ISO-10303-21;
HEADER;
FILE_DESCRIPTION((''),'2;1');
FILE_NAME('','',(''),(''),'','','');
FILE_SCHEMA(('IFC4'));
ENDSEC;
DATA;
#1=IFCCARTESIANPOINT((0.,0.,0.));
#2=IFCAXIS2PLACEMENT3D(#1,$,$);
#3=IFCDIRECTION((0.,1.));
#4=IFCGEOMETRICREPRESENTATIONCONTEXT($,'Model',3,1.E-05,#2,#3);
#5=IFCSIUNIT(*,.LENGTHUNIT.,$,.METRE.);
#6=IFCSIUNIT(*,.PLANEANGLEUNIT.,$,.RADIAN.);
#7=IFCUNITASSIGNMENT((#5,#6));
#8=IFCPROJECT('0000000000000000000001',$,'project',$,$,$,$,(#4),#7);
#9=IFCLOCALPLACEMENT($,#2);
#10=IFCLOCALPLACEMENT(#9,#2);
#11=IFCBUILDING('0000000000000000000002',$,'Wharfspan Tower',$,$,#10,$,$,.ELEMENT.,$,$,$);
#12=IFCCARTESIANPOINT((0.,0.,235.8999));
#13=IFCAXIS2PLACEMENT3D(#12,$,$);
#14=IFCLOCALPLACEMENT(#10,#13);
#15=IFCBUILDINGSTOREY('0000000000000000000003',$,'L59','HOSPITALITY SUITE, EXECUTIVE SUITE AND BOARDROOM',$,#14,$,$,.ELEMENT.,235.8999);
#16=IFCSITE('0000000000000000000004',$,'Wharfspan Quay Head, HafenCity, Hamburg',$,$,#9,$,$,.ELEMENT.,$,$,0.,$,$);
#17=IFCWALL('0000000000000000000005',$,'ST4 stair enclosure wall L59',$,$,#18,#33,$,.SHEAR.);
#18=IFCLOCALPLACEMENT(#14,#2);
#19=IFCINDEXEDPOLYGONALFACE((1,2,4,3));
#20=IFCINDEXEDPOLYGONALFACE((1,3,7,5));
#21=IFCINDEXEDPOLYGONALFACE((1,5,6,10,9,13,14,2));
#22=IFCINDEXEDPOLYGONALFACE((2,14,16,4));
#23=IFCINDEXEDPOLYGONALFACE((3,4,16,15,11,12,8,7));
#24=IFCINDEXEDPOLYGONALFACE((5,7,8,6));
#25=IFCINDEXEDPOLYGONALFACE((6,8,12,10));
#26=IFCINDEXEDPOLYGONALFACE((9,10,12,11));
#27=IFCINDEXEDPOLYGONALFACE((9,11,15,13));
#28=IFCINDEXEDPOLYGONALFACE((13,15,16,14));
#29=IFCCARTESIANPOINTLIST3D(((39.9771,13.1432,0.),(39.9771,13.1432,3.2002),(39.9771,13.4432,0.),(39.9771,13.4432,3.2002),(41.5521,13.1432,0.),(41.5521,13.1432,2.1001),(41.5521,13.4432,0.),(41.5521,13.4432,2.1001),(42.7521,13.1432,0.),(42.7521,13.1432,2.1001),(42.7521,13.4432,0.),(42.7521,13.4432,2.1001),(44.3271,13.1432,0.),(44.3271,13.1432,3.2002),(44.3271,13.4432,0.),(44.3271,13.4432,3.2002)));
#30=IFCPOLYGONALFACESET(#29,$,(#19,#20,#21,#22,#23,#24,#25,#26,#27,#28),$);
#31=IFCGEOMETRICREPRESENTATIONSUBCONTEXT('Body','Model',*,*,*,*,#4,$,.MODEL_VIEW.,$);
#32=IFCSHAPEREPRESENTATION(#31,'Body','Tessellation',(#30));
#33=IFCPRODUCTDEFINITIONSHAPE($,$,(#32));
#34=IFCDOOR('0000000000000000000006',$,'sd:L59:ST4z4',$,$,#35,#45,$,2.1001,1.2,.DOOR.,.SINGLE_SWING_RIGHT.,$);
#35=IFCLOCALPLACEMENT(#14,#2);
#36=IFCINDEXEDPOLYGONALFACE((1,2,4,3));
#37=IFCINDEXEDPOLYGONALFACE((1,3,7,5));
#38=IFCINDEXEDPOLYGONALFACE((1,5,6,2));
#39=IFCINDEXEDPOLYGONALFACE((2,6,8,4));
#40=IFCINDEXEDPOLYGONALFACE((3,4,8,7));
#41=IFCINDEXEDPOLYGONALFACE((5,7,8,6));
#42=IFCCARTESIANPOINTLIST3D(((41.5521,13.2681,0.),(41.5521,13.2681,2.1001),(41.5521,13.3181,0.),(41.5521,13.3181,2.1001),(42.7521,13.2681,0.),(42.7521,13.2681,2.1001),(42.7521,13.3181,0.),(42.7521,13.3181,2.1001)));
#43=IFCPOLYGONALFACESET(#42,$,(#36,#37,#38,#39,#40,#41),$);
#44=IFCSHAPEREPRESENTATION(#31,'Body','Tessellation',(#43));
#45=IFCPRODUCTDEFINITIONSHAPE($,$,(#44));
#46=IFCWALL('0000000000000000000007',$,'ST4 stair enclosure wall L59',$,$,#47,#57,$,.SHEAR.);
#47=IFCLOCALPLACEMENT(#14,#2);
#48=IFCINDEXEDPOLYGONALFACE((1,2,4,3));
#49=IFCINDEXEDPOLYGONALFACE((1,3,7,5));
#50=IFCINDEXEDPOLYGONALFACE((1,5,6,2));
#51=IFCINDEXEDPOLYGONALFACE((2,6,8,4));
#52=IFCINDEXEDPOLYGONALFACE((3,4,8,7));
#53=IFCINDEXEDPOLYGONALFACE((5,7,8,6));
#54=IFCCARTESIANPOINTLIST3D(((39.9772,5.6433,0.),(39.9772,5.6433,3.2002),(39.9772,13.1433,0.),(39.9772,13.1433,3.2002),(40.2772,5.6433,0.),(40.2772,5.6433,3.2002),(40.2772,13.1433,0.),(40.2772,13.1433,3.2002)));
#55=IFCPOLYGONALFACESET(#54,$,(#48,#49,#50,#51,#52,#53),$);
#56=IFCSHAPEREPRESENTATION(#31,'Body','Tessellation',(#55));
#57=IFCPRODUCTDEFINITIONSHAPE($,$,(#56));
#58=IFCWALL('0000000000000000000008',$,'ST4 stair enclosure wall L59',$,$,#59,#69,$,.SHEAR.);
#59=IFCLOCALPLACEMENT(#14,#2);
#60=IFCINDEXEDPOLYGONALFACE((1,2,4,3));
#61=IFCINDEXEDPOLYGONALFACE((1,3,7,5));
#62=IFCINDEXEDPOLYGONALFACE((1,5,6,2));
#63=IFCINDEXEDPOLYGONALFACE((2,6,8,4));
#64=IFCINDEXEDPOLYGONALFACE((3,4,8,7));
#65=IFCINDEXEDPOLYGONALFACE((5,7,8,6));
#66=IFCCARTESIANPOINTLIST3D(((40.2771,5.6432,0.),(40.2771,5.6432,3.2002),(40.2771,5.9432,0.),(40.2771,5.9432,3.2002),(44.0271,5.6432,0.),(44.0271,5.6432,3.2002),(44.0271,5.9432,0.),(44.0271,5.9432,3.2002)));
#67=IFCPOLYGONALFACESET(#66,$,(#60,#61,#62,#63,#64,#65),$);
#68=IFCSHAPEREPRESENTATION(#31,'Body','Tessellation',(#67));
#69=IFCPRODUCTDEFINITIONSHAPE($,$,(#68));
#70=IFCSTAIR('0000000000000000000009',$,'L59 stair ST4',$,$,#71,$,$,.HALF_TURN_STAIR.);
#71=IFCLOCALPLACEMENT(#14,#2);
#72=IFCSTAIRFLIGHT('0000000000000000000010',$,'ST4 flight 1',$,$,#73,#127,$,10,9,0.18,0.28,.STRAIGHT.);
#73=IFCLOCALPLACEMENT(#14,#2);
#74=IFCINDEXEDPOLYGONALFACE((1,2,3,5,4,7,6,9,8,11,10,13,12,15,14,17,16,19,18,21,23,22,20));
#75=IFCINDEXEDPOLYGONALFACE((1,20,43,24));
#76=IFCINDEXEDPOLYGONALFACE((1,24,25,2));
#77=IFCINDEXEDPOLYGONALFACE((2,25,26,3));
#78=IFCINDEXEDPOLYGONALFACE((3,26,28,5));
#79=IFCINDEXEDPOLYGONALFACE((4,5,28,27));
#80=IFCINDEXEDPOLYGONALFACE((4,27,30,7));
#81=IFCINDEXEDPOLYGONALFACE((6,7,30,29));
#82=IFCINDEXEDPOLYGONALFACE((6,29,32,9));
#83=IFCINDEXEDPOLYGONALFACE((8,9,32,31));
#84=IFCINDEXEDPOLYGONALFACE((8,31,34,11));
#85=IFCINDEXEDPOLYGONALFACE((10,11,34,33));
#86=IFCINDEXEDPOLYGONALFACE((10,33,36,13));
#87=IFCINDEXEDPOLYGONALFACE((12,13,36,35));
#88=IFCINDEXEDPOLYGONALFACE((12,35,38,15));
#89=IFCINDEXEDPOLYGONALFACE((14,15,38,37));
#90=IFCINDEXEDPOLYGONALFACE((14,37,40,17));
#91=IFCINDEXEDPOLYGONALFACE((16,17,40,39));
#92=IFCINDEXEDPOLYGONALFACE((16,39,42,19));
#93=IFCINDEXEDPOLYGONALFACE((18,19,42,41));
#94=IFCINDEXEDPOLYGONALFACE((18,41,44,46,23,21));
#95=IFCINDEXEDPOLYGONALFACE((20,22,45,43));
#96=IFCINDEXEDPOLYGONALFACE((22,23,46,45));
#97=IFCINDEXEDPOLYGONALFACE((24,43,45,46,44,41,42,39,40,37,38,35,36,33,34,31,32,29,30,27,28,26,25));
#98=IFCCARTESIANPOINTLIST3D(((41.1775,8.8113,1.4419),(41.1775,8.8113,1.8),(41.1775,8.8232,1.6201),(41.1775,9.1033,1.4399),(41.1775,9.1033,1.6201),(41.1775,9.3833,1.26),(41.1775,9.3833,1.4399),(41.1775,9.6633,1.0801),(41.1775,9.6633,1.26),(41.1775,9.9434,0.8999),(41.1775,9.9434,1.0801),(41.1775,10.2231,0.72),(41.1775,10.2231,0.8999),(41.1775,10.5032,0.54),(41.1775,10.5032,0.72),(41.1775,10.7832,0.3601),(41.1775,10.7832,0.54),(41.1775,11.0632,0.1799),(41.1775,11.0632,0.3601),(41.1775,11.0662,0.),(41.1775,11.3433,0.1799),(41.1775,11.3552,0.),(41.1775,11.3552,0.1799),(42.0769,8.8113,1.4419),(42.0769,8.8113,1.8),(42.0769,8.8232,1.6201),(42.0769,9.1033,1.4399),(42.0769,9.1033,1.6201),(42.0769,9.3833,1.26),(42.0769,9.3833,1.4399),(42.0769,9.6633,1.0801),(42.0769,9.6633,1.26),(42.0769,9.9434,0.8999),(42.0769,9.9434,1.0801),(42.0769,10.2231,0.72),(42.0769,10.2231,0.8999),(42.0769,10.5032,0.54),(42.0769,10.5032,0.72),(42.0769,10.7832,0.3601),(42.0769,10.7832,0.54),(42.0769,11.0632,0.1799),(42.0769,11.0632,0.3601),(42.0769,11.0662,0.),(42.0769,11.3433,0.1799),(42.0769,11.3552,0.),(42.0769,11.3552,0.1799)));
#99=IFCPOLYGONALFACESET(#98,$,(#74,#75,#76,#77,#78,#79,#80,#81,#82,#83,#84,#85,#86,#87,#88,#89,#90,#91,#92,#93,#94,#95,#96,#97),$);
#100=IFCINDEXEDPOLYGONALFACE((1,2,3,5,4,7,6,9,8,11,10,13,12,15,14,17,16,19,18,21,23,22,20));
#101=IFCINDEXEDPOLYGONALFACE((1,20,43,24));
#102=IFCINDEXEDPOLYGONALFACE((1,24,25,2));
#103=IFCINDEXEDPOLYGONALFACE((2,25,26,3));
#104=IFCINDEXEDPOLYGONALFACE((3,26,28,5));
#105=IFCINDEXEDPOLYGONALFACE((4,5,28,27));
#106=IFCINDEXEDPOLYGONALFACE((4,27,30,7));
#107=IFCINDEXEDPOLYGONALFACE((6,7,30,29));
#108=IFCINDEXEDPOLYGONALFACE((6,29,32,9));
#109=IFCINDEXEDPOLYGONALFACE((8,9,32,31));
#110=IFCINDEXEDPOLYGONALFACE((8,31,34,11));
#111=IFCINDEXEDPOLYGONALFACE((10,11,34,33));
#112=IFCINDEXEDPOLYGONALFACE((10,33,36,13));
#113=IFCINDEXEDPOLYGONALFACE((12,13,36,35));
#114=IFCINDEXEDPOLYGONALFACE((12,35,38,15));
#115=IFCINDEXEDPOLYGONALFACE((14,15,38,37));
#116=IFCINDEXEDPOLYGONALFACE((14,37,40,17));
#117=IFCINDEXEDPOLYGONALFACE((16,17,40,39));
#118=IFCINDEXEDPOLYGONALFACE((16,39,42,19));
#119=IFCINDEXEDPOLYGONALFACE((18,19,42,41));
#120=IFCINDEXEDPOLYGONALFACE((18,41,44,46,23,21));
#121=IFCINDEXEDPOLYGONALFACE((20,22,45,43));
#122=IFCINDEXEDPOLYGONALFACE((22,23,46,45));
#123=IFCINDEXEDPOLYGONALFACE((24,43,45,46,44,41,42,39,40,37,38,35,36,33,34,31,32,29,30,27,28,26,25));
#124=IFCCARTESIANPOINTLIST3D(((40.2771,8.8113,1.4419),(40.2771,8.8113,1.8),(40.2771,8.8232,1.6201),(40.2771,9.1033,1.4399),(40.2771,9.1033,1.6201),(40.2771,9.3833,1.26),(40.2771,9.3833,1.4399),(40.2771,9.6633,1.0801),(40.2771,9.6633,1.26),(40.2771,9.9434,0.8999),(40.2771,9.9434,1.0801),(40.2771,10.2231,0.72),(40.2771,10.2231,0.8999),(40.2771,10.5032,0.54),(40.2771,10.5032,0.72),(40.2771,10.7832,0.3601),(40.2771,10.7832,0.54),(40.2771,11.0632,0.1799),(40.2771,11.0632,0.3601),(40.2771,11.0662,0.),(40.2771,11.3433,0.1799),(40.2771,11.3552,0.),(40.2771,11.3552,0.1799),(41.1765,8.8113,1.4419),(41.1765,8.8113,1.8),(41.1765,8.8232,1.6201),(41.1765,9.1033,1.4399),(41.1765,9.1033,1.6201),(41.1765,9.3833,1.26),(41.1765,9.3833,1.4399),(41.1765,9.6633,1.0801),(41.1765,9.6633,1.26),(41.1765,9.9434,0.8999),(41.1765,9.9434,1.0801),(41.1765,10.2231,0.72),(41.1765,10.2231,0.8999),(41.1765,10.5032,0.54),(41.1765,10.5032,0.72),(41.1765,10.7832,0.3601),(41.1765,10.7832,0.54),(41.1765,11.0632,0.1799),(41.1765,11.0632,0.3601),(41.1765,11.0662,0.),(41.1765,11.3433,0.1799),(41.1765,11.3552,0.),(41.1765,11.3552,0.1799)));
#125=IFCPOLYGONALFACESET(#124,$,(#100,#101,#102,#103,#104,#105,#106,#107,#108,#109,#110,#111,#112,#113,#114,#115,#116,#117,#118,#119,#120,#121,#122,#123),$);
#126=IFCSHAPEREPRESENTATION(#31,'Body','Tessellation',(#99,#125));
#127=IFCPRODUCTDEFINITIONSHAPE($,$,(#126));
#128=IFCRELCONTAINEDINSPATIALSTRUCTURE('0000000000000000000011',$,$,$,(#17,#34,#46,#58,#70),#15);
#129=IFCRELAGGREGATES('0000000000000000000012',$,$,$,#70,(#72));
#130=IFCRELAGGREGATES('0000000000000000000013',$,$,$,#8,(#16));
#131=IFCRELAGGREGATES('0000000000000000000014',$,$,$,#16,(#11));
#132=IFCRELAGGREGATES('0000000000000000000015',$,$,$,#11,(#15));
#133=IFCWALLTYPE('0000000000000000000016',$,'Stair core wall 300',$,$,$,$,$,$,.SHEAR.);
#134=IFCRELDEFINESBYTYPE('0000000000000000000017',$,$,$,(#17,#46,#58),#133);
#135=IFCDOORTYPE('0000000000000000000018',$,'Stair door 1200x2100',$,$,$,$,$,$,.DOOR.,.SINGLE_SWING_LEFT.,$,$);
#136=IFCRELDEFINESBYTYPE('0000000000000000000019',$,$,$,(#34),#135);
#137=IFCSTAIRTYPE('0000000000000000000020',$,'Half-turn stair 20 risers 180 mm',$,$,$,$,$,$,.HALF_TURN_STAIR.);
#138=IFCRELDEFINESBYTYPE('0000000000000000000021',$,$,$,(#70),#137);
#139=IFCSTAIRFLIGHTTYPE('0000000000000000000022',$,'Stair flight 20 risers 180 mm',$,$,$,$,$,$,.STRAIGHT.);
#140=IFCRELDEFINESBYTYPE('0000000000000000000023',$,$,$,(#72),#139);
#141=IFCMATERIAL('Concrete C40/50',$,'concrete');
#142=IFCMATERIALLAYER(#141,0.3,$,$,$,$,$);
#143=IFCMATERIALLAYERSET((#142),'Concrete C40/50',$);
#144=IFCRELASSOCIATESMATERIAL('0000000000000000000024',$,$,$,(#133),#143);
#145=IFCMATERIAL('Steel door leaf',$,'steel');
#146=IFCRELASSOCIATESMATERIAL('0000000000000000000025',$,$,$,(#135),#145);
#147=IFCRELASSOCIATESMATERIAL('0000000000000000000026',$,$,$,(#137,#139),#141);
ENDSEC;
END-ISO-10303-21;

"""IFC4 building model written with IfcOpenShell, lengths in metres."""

from ifc_helpers import new_model, si_unit, direction, frame, frame_2d, origin, place, context, subcontext, project, spatial, polyline, rectangle, outline, extrude, material, layer, layer_set, type_object, element, fill, aggregate, save


model = new_model("IFC4")

# Units and contexts
model_context = context("Model", 3, precision=1e-05, world=origin(), true_north=direction((0.0, 1.0)))
body_context = subcontext(model_context, "Body", "Model", "MODEL_VIEW")
ifc_project = project(units=[si_unit("LENGTHUNIT", "METRE"), si_unit("PLANEANGLEUNIT", "RADIAN")], contexts=[model_context])

# Site, building, storey
site_placement = place(None, origin())
site = spatial("IfcSite", under=ifc_project, at=site_placement, Name="Wharfspan Quay Head, HafenCity, Hamburg", CompositionType="ELEMENT", RefElevation=0.0)
building_placement = place(site_placement, origin())
building = spatial("IfcBuilding", under=site, at=building_placement, Name="Wharfspan Tower", CompositionType="ELEMENT")
storey_placement = place(building_placement, frame((0.0, 0.0, 235.8999)))
storey = spatial("IfcBuildingStorey", under=building, at=storey_placement, Name="L59", Description="HOSPITALITY SUITE, EXECUTIVE SUITE AND BOARDROOM", CompositionType="ELEMENT", Elevation=235.8999)

# Shared definitions
ifc_material_1 = material(Name="Concrete C40/50", Category="concrete")

# Wall, opening, door
ifc_layer_1 = layer(ifc_material_1, 0.3)
ifc_layer_set_1 = layer_set([ifc_layer_1], Name="Concrete C40/50")
wall_type_1 = type_object("IfcWallType", Name="Stair core wall 300", PredefinedType="SHEAR", material=ifc_layer_set_1)
wall_1_placement = place(storey_placement, frame((39.9771, 13.2932, 0.0), z_axis=(0.0, 0.0, 1.0), x_axis=(1.0, 0.0, 0.0)))
wall_1 = element("IfcWall", 1, at=wall_1_placement, inside=storey, type_object=wall_type_1, Name="ST4 stair enclosure wall L59", PredefinedType="SHEAR", context=body_context, shape_type="SweptSolid", body=[
    extrude(rectangle(XDim=4.3501, YDim=0.3, at=frame_2d((2.175, 0.0))), origin(), (0.0, 0.0, 1.0), 3.2002),
])
opening_placement = place(wall_1_placement, frame((1.575, 0.0, 0.0)))
opening = element("IfcOpeningElement", 2, at=opening_placement, cuts=wall_1, PredefinedType="OPENING", context=body_context, shape_type="SweptSolid", body=[
    extrude(rectangle(XDim=1.2, YDim=2.1001, at=frame_2d((0.6001, 1.05))), frame((0.0, 0.1599, 0.0), z_axis=(0.0, -1.0, 0.0), x_axis=(1.0, 0.0, 0.0)), (0.0, 0.0, 1.0), 0.3201),
])
ifc_material_2 = material(Name="Steel door leaf", Category="steel")
door_type = type_object("IfcDoorType", Name="Stair door 1200x2100", OperationType="SINGLE_SWING_LEFT", PredefinedType="DOOR", material=ifc_material_2)
door_placement = place(opening_placement, origin())
door = element("IfcDoor", 3, at=door_placement, inside=storey, type_object=door_type, Name="sd:L59:ST4z4", OperationType="SINGLE_SWING_RIGHT", OverallHeight=2.1001, OverallWidth=1.2, PredefinedType="DOOR", context=body_context, shape_type="SweptSolid", body=[
    extrude(rectangle(XDim=1.2, YDim=2.1001, at=frame_2d((0.6001, 1.05))), frame((0.0, 0.0249, 0.0), z_axis=(0.0, -1.0, 0.0), x_axis=(1.0, 0.0, 0.0)), (0.0, 0.0, 1.0), 0.05),
])
fill(opening, door)

# Walls
wall_2_placement = place(storey_placement, frame((40.1272, 5.6433, 0.0), z_axis=(0.0, 0.0, 1.0), x_axis=(0.0, 1.0, 0.0)))
element("IfcWall", 4, at=wall_2_placement, inside=storey, type_object=wall_type_1, Name="ST4 stair enclosure wall L59", PredefinedType="SHEAR", context=body_context, shape_type="SweptSolid", body=[
    extrude(rectangle(XDim=7.5, YDim=0.3, at=frame_2d((3.75, 0.0))), origin(), (0.0, 0.0, 1.0), 3.2002),
])
wall_3_placement = place(storey_placement, frame((40.2771, 5.7932, 0.0), z_axis=(0.0, 0.0, 1.0), x_axis=(1.0, 0.0, 0.0)))
element("IfcWall", 5, at=wall_3_placement, inside=storey, type_object=wall_type_1, Name="ST4 stair enclosure wall L59", PredefinedType="SHEAR", context=body_context, shape_type="SweptSolid", body=[
    extrude(rectangle(XDim=3.75, YDim=0.3, at=frame_2d((1.875, 0.0))), origin(), (0.0, 0.0, 1.0), 3.2002),
])

# Stair, stair flight
stair_type = type_object("IfcStairType", Name="Half-turn stair 20 risers 180 mm", PredefinedType="HALF_TURN_STAIR", material=ifc_material_1)
stair_placement = place(storey_placement, origin())
stair = element("IfcStair", 6, at=stair_placement, inside=storey, type_object=stair_type, Name="L59 stair ST4", PredefinedType="HALF_TURN_STAIR")
stair_flight_type = type_object("IfcStairFlightType", Name="Stair flight 20 risers 180 mm", PredefinedType="STRAIGHT", material=ifc_material_1)
stair_flight_placement = place(storey_placement, frame((41.177, 11.3433, 0.0), z_axis=(0.0, 0.0, 1.0), x_axis=(0.0, -1.0, 0.0)))
stair_flight = element("IfcStairFlight", 7, at=stair_flight_placement, type_object=stair_flight_type, Name="ST4 flight 1", NumberOfRisers=10, NumberOfTreads=9, PredefinedType="STRAIGHT", RiserHeight=0.18, TreadLength=0.28, context=body_context, shape_type="SweptSolid", body=[
    extrude(outline(polyline([(-0.012, 0.0), (-0.012, 0.1799), (0.0, 0.1799), (0.28, 0.1799), (0.28, 0.3601), (0.5601, 0.3601), (0.5601, 0.54), (0.8401, 0.54), (0.8401, 0.72), (1.1201, 0.72), (1.1201, 0.8999), (1.3999, 0.8999), (1.3999, 1.0801), (1.6799, 1.0801), (1.6799, 1.26), (1.96, 1.26), (1.96, 1.4399), (2.24, 1.4399), (2.24, 1.6201), (2.52, 1.6201), (2.532, 1.8), (2.532, 1.4419), (0.2771, 0.0), (-0.012, 0.0)])), frame((0.0, 0.8999, 0.0), z_axis=(0.0, -1.0, 0.0), x_axis=(1.0, 0.0, 0.0)), (0.0, 0.0, 1.0), 0.8994),
    extrude(outline(polyline([(-0.012, 0.0), (-0.012, 0.1799), (0.0, 0.1799), (0.28, 0.1799), (0.28, 0.3601), (0.5601, 0.3601), (0.5601, 0.54), (0.8401, 0.54), (0.8401, 0.72), (1.1201, 0.72), (1.1201, 0.8999), (1.3999, 0.8999), (1.3999, 1.0801), (1.6799, 1.0801), (1.6799, 1.26), (1.96, 1.26), (1.96, 1.4399), (2.24, 1.4399), (2.24, 1.6201), (2.52, 1.6201), (2.532, 1.8), (2.532, 1.4419), (0.2771, 0.0), (-0.012, 0.0)])), frame((0.0, -0.0005, 0.0), z_axis=(0.0, -1.0, 0.0), x_axis=(1.0, 0.0, 0.0)), (0.0, 0.0, 1.0), 0.8994),
])
aggregate(stair, [stair_flight])

save(model, "model.ifc")
